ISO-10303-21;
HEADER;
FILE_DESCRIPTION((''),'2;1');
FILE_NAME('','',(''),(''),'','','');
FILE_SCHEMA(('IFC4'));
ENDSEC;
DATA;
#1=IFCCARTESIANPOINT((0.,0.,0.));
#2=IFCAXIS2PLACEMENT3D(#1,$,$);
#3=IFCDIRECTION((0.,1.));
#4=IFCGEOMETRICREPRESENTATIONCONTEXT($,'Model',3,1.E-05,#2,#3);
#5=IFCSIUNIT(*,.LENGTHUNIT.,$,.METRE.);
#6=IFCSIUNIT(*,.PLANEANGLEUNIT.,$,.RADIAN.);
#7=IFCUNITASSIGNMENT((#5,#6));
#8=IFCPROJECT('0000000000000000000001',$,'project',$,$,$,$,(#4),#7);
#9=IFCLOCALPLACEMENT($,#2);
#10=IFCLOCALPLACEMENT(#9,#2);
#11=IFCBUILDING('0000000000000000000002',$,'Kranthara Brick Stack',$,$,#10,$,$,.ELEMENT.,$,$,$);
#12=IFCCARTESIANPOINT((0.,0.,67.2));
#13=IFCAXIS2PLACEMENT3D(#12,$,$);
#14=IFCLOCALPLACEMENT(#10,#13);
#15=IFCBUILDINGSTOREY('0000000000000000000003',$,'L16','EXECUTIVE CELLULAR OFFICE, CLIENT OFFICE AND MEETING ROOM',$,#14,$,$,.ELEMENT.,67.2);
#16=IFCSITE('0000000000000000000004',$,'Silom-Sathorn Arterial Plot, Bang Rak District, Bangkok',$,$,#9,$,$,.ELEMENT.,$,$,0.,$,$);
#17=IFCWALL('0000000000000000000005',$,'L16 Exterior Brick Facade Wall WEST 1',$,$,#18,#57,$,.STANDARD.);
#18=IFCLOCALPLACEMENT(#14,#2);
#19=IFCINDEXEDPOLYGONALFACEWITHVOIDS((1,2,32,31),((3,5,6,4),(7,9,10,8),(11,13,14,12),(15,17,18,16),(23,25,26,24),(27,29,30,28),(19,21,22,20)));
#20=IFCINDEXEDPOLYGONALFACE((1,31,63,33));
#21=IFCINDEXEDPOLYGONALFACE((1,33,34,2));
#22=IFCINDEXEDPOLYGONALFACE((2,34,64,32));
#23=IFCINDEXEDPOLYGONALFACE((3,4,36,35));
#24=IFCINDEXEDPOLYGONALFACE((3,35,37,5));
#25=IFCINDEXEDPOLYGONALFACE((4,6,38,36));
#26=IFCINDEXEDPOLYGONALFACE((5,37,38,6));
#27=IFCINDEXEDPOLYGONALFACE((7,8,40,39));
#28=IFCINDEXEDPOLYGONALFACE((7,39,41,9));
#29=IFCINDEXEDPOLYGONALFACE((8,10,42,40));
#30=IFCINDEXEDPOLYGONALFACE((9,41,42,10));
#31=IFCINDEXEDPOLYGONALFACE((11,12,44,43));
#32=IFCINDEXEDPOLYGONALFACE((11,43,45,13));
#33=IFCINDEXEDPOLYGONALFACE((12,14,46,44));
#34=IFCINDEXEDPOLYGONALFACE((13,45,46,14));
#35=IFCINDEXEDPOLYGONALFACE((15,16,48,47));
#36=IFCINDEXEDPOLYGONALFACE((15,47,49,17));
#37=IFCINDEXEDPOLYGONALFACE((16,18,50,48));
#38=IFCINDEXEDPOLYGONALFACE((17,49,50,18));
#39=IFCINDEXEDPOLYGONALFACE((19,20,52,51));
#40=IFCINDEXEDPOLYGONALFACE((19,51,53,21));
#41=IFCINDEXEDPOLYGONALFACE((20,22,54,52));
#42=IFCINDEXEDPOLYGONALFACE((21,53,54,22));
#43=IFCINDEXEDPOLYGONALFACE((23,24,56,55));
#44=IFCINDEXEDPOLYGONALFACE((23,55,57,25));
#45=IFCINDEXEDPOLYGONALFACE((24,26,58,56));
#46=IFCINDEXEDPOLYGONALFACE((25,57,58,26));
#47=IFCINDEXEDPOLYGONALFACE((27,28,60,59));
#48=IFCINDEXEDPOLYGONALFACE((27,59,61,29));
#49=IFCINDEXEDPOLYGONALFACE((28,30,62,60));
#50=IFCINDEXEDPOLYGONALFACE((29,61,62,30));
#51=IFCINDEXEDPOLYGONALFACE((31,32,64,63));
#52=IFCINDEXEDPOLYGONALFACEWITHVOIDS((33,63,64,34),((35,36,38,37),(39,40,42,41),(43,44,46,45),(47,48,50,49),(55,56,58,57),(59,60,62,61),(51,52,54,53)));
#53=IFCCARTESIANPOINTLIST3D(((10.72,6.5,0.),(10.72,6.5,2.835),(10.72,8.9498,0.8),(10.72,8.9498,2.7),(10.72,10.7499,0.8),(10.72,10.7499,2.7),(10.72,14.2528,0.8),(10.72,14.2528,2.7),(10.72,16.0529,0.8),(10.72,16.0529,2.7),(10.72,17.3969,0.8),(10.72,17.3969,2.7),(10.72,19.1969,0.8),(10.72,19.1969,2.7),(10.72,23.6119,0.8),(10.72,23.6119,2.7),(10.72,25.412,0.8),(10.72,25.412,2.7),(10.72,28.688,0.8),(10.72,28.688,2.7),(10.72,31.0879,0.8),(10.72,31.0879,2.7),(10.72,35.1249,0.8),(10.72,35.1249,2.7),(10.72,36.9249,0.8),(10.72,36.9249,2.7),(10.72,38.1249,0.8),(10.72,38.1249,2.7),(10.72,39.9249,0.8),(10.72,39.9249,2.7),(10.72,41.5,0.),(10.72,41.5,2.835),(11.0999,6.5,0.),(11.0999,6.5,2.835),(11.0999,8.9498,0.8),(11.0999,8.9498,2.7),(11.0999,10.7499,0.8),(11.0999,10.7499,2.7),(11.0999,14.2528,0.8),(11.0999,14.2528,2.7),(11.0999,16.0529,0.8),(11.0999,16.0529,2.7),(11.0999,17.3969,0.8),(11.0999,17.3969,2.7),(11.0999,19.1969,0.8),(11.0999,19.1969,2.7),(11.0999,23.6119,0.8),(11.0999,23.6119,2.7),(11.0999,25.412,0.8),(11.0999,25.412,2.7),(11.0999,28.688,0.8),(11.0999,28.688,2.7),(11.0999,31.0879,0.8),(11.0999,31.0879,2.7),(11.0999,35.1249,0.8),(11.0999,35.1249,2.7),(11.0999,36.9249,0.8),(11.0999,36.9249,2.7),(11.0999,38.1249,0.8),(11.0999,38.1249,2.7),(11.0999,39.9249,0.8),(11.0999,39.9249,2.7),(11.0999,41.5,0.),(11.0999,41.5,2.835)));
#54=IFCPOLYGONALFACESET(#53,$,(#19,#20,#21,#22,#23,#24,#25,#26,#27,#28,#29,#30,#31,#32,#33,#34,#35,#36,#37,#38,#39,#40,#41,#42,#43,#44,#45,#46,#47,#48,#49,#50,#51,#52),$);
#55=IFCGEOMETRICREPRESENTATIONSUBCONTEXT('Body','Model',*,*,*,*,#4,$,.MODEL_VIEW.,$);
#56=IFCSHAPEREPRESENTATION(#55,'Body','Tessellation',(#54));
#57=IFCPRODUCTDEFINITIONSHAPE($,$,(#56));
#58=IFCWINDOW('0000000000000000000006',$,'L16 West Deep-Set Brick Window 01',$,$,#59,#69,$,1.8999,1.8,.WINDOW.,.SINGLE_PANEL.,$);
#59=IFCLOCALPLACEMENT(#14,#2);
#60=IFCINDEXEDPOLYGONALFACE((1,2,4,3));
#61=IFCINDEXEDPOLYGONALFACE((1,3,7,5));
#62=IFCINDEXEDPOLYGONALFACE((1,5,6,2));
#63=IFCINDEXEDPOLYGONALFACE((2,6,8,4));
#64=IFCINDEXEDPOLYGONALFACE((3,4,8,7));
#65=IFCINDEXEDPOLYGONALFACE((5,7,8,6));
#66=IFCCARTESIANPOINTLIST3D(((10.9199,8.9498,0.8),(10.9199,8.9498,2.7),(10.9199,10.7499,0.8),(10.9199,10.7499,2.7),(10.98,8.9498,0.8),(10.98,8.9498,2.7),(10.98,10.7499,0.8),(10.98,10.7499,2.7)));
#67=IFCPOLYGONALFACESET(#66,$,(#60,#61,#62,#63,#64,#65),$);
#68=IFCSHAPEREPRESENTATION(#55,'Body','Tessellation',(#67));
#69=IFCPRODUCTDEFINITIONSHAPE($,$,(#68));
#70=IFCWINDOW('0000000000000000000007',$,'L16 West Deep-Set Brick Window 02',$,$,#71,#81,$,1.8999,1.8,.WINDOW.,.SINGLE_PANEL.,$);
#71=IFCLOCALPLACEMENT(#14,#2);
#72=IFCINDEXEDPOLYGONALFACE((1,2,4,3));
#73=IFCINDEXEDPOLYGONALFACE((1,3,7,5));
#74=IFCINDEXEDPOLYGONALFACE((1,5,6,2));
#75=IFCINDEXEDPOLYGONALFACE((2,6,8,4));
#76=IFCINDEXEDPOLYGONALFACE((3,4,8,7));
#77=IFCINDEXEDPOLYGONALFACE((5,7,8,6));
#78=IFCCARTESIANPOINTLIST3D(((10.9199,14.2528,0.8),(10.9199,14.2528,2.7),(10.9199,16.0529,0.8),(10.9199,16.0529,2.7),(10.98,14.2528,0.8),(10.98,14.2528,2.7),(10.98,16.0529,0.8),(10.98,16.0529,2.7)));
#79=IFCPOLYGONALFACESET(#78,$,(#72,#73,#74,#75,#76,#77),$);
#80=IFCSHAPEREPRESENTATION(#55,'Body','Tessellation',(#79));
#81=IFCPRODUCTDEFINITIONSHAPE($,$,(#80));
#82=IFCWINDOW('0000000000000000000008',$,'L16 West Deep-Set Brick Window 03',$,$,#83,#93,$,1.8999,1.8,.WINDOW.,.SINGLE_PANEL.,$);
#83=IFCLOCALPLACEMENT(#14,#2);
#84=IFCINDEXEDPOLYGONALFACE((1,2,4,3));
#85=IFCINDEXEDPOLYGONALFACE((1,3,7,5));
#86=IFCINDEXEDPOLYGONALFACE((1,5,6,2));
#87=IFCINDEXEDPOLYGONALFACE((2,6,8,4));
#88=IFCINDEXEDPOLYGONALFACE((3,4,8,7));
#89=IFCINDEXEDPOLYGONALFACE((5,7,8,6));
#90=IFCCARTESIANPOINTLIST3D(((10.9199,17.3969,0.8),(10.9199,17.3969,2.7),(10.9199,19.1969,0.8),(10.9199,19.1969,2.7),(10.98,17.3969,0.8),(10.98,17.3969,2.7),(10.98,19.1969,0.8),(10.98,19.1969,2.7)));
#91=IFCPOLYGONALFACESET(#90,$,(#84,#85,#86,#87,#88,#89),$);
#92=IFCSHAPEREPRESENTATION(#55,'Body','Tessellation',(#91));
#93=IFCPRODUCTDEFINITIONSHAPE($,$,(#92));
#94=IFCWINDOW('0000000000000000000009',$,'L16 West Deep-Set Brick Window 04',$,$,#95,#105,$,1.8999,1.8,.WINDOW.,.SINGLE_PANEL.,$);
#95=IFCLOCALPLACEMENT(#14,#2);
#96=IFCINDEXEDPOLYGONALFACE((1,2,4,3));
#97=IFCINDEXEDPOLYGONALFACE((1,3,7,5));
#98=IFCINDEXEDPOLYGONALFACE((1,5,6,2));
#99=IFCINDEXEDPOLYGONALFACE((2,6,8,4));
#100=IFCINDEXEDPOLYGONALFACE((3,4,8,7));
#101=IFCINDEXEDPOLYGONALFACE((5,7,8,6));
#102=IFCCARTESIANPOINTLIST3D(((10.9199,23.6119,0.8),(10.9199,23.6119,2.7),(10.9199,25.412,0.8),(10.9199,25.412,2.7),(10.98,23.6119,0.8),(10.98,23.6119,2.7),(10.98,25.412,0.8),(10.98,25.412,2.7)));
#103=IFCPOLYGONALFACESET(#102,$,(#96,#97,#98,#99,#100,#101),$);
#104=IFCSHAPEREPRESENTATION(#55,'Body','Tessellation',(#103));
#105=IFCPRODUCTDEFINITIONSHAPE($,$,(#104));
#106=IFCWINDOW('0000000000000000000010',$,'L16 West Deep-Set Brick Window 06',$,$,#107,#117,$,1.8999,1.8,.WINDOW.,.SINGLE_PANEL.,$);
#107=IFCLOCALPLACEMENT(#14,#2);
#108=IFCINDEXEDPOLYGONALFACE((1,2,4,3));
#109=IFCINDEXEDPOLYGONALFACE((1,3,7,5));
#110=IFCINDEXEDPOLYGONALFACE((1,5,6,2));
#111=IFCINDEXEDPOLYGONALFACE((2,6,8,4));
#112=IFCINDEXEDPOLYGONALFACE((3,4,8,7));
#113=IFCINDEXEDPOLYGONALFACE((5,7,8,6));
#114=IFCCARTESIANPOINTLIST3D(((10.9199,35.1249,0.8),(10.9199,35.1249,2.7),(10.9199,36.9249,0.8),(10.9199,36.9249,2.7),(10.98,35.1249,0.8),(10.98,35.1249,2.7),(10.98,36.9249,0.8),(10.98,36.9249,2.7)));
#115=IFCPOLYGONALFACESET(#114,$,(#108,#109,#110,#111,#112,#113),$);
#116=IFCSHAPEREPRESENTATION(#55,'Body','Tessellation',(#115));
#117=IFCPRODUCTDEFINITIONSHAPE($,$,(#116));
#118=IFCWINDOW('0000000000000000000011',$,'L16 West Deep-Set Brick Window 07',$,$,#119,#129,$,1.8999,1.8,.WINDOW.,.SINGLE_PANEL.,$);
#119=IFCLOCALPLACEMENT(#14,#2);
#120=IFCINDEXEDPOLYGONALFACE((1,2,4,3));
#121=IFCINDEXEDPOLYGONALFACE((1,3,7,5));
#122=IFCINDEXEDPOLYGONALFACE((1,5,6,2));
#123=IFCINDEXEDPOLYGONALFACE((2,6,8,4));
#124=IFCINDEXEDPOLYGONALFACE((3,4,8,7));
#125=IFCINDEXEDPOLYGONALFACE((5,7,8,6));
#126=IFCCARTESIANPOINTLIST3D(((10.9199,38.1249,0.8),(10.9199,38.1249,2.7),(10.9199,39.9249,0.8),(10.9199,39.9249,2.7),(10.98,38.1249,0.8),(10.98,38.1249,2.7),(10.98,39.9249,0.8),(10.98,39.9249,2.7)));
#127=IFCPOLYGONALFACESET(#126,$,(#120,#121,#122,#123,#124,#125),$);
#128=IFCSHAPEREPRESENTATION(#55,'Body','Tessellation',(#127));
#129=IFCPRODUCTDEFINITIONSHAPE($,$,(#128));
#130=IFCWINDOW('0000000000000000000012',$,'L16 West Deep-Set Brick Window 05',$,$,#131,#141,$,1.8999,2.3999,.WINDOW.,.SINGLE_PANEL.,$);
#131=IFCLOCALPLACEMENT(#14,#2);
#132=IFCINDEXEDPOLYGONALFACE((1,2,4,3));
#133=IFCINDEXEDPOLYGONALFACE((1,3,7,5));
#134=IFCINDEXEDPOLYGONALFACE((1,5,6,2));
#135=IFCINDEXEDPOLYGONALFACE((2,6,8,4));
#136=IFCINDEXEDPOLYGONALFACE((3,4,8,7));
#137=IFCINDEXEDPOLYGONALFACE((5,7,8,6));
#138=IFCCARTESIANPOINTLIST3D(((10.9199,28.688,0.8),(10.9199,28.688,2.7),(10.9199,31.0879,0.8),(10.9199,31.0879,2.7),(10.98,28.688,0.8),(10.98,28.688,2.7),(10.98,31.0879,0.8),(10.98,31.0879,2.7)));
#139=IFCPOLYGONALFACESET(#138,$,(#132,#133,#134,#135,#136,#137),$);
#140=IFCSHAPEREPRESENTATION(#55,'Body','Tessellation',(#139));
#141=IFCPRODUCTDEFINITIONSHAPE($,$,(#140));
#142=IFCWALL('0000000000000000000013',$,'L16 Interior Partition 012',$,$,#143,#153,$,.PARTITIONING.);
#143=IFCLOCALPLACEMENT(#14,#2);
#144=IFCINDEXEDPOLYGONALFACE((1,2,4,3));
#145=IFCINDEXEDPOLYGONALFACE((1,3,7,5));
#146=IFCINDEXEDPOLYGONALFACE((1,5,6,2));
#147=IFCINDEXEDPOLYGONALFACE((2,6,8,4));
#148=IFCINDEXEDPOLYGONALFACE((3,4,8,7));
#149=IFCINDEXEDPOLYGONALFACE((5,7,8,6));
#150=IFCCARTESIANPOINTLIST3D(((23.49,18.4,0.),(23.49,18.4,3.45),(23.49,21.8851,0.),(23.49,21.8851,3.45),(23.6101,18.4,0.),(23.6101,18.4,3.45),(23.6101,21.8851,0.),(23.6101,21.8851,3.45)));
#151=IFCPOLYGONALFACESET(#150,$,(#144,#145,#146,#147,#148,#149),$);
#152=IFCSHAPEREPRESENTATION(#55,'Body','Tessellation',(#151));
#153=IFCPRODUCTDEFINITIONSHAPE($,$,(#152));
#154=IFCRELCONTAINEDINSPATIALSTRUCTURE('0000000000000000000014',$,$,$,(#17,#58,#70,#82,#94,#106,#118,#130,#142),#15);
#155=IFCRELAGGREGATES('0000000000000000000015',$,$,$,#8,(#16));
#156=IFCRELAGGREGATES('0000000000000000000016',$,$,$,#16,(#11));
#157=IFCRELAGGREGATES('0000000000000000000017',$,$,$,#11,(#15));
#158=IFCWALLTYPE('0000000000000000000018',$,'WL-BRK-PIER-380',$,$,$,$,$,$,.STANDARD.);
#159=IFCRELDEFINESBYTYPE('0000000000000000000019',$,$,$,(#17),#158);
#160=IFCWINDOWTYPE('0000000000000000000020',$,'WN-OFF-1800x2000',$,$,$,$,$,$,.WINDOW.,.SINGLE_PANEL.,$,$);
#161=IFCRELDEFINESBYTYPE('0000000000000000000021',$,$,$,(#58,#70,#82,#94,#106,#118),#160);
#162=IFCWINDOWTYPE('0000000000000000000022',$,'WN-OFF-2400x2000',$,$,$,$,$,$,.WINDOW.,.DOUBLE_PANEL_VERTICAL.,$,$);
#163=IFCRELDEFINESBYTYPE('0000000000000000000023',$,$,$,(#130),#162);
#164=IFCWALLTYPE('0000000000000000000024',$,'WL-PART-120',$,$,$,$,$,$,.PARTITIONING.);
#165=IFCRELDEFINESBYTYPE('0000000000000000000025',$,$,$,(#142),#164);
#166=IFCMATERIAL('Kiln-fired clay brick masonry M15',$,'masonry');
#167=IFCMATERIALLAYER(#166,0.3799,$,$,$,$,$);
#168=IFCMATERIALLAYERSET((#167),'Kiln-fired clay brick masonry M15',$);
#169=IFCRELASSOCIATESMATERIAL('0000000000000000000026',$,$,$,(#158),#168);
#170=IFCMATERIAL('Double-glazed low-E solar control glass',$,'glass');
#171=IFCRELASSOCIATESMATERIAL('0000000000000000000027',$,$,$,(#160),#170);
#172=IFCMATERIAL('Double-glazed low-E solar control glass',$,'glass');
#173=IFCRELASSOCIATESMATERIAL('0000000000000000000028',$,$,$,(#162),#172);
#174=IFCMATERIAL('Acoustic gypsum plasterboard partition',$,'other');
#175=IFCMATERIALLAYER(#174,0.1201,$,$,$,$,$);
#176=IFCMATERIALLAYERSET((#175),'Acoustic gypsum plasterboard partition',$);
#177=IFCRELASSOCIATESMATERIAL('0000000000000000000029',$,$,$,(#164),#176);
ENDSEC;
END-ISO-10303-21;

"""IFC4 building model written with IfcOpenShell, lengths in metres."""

from ifc_helpers import new_model, si_unit, direction, frame, frame_2d, origin, place, context, subcontext, project, spatial, rectangle, extrude, material, layer, layer_set, type_object, element, fill, save


model = new_model("IFC4")

# Units and contexts
model_context = context("Model", 3, precision=1e-05, world=origin(), true_north=direction((0.0, 1.0)))
body_context = subcontext(model_context, "Body", "Model", "MODEL_VIEW")
ifc_project = project(units=[si_unit("LENGTHUNIT", "METRE"), si_unit("PLANEANGLEUNIT", "RADIAN")], contexts=[model_context])

# Site, building, storey
site_placement = place(None, origin())
site = spatial("IfcSite", under=ifc_project, at=site_placement, Name="Silom-Sathorn Arterial Plot, Bang Rak District, Bangkok", CompositionType="ELEMENT", RefElevation=0.0)
building_placement = place(site_placement, origin())
building = spatial("IfcBuilding", under=site, at=building_placement, Name="Kranthara Brick Stack", CompositionType="ELEMENT")
storey_placement = place(building_placement, frame((0.0, 0.0, 67.2)))
storey = spatial("IfcBuildingStorey", under=building, at=storey_placement, Name="L16", Description="EXECUTIVE CELLULAR OFFICE, CLIENT OFFICE AND MEETING ROOM", CompositionType="ELEMENT", Elevation=67.2)

# Wall, openings, windows
ifc_material_1 = material(Name="Kiln-fired clay brick masonry M15", Category="masonry")
ifc_layer_1 = layer(ifc_material_1, 0.3799)
ifc_layer_set_1 = layer_set([ifc_layer_1], Name="Kiln-fired clay brick masonry M15")
wall_type_1 = type_object("IfcWallType", Name="WL-BRK-PIER-380", PredefinedType="STANDARD", material=ifc_layer_set_1)
wall_1_placement = place(storey_placement, frame((10.9099, 6.5, 0.0), z_axis=(0.0, 0.0, 1.0), x_axis=(0.0, 1.0, 0.0)))
wall_1 = element("IfcWall", 1, at=wall_1_placement, inside=storey, type_object=wall_type_1, Name="L16 Exterior Brick Facade Wall WEST 1", PredefinedType="STANDARD", context=body_context, shape_type="SweptSolid", body=[
    extrude(rectangle(XDim=35.0, YDim=0.3799, at=frame_2d((17.5, 0.0))), origin(), (0.0, 0.0, 1.0), 2.835),
])
opening_1_placement = place(wall_1_placement, frame((2.45, 0.0, 0.8)))
opening_1 = element("IfcOpeningElement", 2, at=opening_1_placement, cuts=wall_1, PredefinedType="OPENING", context=body_context, shape_type="SweptSolid", body=[
    extrude(rectangle(XDim=1.8, YDim=1.8999, at=frame_2d((0.8999, 0.95))), frame((0.0, 0.2, 0.0), z_axis=(0.0, -1.0, 0.0), x_axis=(1.0, 0.0, 0.0)), (0.0, 0.0, 1.0), 0.3999),
])
opening_2_placement = place(wall_1_placement, frame((7.7529, 0.0, 0.8)))
opening_2 = element("IfcOpeningElement", 3, at=opening_2_placement, cuts=wall_1, PredefinedType="OPENING", context=body_context, shape_type="SweptSolid", body=[
    extrude(rectangle(XDim=1.8, YDim=1.8999, at=frame_2d((0.8999, 0.95))), frame((0.0, 0.2, 0.0), z_axis=(0.0, -1.0, 0.0), x_axis=(1.0, 0.0, 0.0)), (0.0, 0.0, 1.0), 0.3999),
])
opening_3_placement = place(wall_1_placement, frame((10.897, 0.0, 0.8)))
opening_3 = element("IfcOpeningElement", 4, at=opening_3_placement, cuts=wall_1, PredefinedType="OPENING", context=body_context, shape_type="SweptSolid", body=[
    extrude(rectangle(XDim=1.8, YDim=1.8999, at=frame_2d((0.8999, 0.95))), frame((0.0, 0.2, 0.0), z_axis=(0.0, -1.0, 0.0), x_axis=(1.0, 0.0, 0.0)), (0.0, 0.0, 1.0), 0.3999),
])
opening_4_placement = place(wall_1_placement, frame((17.1121, 0.0, 0.8)))
opening_4 = element("IfcOpeningElement", 5, at=opening_4_placement, cuts=wall_1, PredefinedType="OPENING", context=body_context, shape_type="SweptSolid", body=[
    extrude(rectangle(XDim=1.8, YDim=1.8999, at=frame_2d((0.8999, 0.95))), frame((0.0, 0.2, 0.0), z_axis=(0.0, -1.0, 0.0), x_axis=(1.0, 0.0, 0.0)), (0.0, 0.0, 1.0), 0.3999),
])
opening_5_placement = place(wall_1_placement, frame((22.188, 0.0, 0.8)))
opening_5 = element("IfcOpeningElement", 6, at=opening_5_placement, cuts=wall_1, PredefinedType="OPENING", context=body_context, shape_type="SweptSolid", body=[
    extrude(rectangle(XDim=2.3999, YDim=1.8999, at=frame_2d((1.2, 0.95))), frame((0.0, 0.2, 0.0), z_axis=(0.0, -1.0, 0.0), x_axis=(1.0, 0.0, 0.0)), (0.0, 0.0, 1.0), 0.3999),
])
opening_6_placement = place(wall_1_placement, frame((28.625, 0.0, 0.8)))
opening_6 = element("IfcOpeningElement", 7, at=opening_6_placement, cuts=wall_1, PredefinedType="OPENING", context=body_context, shape_type="SweptSolid", body=[
    extrude(rectangle(XDim=1.8, YDim=1.8999, at=frame_2d((0.8999, 0.95))), frame((0.0, 0.2, 0.0), z_axis=(0.0, -1.0, 0.0), x_axis=(1.0, 0.0, 0.0)), (0.0, 0.0, 1.0), 0.3999),
])
opening_7_placement = place(wall_1_placement, frame((31.625, 0.0, 0.8)))
opening_7 = element("IfcOpeningElement", 8, at=opening_7_placement, cuts=wall_1, PredefinedType="OPENING", context=body_context, shape_type="SweptSolid", body=[
    extrude(rectangle(XDim=1.8, YDim=1.8999, at=frame_2d((0.8999, 0.95))), frame((0.0, 0.2, 0.0), z_axis=(0.0, -1.0, 0.0), x_axis=(1.0, 0.0, 0.0)), (0.0, 0.0, 1.0), 0.3999),
])
ifc_material_2 = material(Name="Double-glazed low-E solar control glass", Category="glass")
window_type_1 = type_object("IfcWindowType", Name="WN-OFF-1800x2000", PartitioningType="SINGLE_PANEL", PredefinedType="WINDOW", material=ifc_material_2)
window_1_placement = place(opening_1_placement, origin())
window_1 = element("IfcWindow", 9, at=window_1_placement, inside=storey, type_object=window_type_1, Name="L16 West Deep-Set Brick Window 01", OverallHeight=1.8999, OverallWidth=1.8, PartitioningType="SINGLE_PANEL", PredefinedType="WINDOW", context=body_context, shape_type="SweptSolid", body=[
    extrude(rectangle(XDim=1.8, YDim=1.8999, at=frame_2d((0.8999, 0.95))), frame((0.0, -0.01, 0.0), z_axis=(0.0, -1.0, 0.0), x_axis=(1.0, 0.0, 0.0)), (0.0, 0.0, 1.0), 0.0601),
])
fill(opening_1, window_1)
window_2_placement = place(opening_2_placement, origin())
window_2 = element("IfcWindow", 10, at=window_2_placement, inside=storey, type_object=window_type_1, Name="L16 West Deep-Set Brick Window 02", OverallHeight=1.8999, OverallWidth=1.8, PartitioningType="SINGLE_PANEL", PredefinedType="WINDOW", context=body_context, shape_type="SweptSolid", body=[
    extrude(rectangle(XDim=1.8, YDim=1.8999, at=frame_2d((0.8999, 0.95))), frame((0.0, -0.01, 0.0), z_axis=(0.0, -1.0, 0.0), x_axis=(1.0, 0.0, 0.0)), (0.0, 0.0, 1.0), 0.0601),
])
fill(opening_2, window_2)
window_3_placement = place(opening_3_placement, origin())
window_3 = element("IfcWindow", 11, at=window_3_placement, inside=storey, type_object=window_type_1, Name="L16 West Deep-Set Brick Window 03", OverallHeight=1.8999, OverallWidth=1.8, PartitioningType="SINGLE_PANEL", PredefinedType="WINDOW", context=body_context, shape_type="SweptSolid", body=[
    extrude(rectangle(XDim=1.8, YDim=1.8999, at=frame_2d((0.8999, 0.95))), frame((0.0, -0.01, 0.0), z_axis=(0.0, -1.0, 0.0), x_axis=(1.0, 0.0, 0.0)), (0.0, 0.0, 1.0), 0.0601),
])
fill(opening_3, window_3)
window_4_placement = place(opening_4_placement, origin())
window_4 = element("IfcWindow", 12, at=window_4_placement, inside=storey, type_object=window_type_1, Name="L16 West Deep-Set Brick Window 04", OverallHeight=1.8999, OverallWidth=1.8, PartitioningType="SINGLE_PANEL", PredefinedType="WINDOW", context=body_context, shape_type="SweptSolid", body=[
    extrude(rectangle(XDim=1.8, YDim=1.8999, at=frame_2d((0.8999, 0.95))), frame((0.0, -0.01, 0.0), z_axis=(0.0, -1.0, 0.0), x_axis=(1.0, 0.0, 0.0)), (0.0, 0.0, 1.0), 0.0601),
])
fill(opening_4, window_4)
window_5_placement = place(opening_6_placement, origin())
window_5 = element("IfcWindow", 13, at=window_5_placement, inside=storey, type_object=window_type_1, Name="L16 West Deep-Set Brick Window 06", OverallHeight=1.8999, OverallWidth=1.8, PartitioningType="SINGLE_PANEL", PredefinedType="WINDOW", context=body_context, shape_type="SweptSolid", body=[
    extrude(rectangle(XDim=1.8, YDim=1.8999, at=frame_2d((0.8999, 0.95))), frame((0.0, -0.01, 0.0), z_axis=(0.0, -1.0, 0.0), x_axis=(1.0, 0.0, 0.0)), (0.0, 0.0, 1.0), 0.0601),
])
fill(opening_6, window_5)
window_6_placement = place(opening_7_placement, origin())
window_6 = element("IfcWindow", 14, at=window_6_placement, inside=storey, type_object=window_type_1, Name="L16 West Deep-Set Brick Window 07", OverallHeight=1.8999, OverallWidth=1.8, PartitioningType="SINGLE_PANEL", PredefinedType="WINDOW", context=body_context, shape_type="SweptSolid", body=[
    extrude(rectangle(XDim=1.8, YDim=1.8999, at=frame_2d((0.8999, 0.95))), frame((0.0, -0.01, 0.0), z_axis=(0.0, -1.0, 0.0), x_axis=(1.0, 0.0, 0.0)), (0.0, 0.0, 1.0), 0.0601),
])
fill(opening_7, window_6)
ifc_material_3 = material(Name="Double-glazed low-E solar control glass", Category="glass")
window_type_2 = type_object("IfcWindowType", Name="WN-OFF-2400x2000", PartitioningType="DOUBLE_PANEL_VERTICAL", PredefinedType="WINDOW", material=ifc_material_3)
window_7_placement = place(opening_5_placement, origin())
window_7 = element("IfcWindow", 15, at=window_7_placement, inside=storey, type_object=window_type_2, Name="L16 West Deep-Set Brick Window 05", OverallHeight=1.8999, OverallWidth=2.3999, PartitioningType="SINGLE_PANEL", PredefinedType="WINDOW", context=body_context, shape_type="SweptSolid", body=[
    extrude(rectangle(XDim=2.3999, YDim=1.8999, at=frame_2d((1.2, 0.95))), frame((0.0, -0.01, 0.0), z_axis=(0.0, -1.0, 0.0), x_axis=(1.0, 0.0, 0.0)), (0.0, 0.0, 1.0), 0.0601),
])
fill(opening_5, window_7)

# Wall
ifc_material_4 = material(Name="Acoustic gypsum plasterboard partition", Category="other")
ifc_layer_2 = layer(ifc_material_4, 0.1201)
ifc_layer_set_2 = layer_set([ifc_layer_2], Name="Acoustic gypsum plasterboard partition")
wall_type_2 = type_object("IfcWallType", Name="WL-PART-120", PredefinedType="PARTITIONING", material=ifc_layer_set_2)
wall_2_placement = place(storey_placement, frame((23.55, 18.3999, 0.0), z_axis=(0.0, 0.0, 1.0), x_axis=(0.0, 1.0, 0.0)))
element("IfcWall", 16, at=wall_2_placement, inside=storey, type_object=wall_type_2, Name="L16 Interior Partition 012", PredefinedType="PARTITIONING", context=body_context, shape_type="SweptSolid", body=[
    extrude(rectangle(XDim=3.4851, YDim=0.1201, at=frame_2d((1.7427, 0.0))), origin(), (0.0, 0.0, 1.0), 3.45),
])

save(model, "model.ifc")
